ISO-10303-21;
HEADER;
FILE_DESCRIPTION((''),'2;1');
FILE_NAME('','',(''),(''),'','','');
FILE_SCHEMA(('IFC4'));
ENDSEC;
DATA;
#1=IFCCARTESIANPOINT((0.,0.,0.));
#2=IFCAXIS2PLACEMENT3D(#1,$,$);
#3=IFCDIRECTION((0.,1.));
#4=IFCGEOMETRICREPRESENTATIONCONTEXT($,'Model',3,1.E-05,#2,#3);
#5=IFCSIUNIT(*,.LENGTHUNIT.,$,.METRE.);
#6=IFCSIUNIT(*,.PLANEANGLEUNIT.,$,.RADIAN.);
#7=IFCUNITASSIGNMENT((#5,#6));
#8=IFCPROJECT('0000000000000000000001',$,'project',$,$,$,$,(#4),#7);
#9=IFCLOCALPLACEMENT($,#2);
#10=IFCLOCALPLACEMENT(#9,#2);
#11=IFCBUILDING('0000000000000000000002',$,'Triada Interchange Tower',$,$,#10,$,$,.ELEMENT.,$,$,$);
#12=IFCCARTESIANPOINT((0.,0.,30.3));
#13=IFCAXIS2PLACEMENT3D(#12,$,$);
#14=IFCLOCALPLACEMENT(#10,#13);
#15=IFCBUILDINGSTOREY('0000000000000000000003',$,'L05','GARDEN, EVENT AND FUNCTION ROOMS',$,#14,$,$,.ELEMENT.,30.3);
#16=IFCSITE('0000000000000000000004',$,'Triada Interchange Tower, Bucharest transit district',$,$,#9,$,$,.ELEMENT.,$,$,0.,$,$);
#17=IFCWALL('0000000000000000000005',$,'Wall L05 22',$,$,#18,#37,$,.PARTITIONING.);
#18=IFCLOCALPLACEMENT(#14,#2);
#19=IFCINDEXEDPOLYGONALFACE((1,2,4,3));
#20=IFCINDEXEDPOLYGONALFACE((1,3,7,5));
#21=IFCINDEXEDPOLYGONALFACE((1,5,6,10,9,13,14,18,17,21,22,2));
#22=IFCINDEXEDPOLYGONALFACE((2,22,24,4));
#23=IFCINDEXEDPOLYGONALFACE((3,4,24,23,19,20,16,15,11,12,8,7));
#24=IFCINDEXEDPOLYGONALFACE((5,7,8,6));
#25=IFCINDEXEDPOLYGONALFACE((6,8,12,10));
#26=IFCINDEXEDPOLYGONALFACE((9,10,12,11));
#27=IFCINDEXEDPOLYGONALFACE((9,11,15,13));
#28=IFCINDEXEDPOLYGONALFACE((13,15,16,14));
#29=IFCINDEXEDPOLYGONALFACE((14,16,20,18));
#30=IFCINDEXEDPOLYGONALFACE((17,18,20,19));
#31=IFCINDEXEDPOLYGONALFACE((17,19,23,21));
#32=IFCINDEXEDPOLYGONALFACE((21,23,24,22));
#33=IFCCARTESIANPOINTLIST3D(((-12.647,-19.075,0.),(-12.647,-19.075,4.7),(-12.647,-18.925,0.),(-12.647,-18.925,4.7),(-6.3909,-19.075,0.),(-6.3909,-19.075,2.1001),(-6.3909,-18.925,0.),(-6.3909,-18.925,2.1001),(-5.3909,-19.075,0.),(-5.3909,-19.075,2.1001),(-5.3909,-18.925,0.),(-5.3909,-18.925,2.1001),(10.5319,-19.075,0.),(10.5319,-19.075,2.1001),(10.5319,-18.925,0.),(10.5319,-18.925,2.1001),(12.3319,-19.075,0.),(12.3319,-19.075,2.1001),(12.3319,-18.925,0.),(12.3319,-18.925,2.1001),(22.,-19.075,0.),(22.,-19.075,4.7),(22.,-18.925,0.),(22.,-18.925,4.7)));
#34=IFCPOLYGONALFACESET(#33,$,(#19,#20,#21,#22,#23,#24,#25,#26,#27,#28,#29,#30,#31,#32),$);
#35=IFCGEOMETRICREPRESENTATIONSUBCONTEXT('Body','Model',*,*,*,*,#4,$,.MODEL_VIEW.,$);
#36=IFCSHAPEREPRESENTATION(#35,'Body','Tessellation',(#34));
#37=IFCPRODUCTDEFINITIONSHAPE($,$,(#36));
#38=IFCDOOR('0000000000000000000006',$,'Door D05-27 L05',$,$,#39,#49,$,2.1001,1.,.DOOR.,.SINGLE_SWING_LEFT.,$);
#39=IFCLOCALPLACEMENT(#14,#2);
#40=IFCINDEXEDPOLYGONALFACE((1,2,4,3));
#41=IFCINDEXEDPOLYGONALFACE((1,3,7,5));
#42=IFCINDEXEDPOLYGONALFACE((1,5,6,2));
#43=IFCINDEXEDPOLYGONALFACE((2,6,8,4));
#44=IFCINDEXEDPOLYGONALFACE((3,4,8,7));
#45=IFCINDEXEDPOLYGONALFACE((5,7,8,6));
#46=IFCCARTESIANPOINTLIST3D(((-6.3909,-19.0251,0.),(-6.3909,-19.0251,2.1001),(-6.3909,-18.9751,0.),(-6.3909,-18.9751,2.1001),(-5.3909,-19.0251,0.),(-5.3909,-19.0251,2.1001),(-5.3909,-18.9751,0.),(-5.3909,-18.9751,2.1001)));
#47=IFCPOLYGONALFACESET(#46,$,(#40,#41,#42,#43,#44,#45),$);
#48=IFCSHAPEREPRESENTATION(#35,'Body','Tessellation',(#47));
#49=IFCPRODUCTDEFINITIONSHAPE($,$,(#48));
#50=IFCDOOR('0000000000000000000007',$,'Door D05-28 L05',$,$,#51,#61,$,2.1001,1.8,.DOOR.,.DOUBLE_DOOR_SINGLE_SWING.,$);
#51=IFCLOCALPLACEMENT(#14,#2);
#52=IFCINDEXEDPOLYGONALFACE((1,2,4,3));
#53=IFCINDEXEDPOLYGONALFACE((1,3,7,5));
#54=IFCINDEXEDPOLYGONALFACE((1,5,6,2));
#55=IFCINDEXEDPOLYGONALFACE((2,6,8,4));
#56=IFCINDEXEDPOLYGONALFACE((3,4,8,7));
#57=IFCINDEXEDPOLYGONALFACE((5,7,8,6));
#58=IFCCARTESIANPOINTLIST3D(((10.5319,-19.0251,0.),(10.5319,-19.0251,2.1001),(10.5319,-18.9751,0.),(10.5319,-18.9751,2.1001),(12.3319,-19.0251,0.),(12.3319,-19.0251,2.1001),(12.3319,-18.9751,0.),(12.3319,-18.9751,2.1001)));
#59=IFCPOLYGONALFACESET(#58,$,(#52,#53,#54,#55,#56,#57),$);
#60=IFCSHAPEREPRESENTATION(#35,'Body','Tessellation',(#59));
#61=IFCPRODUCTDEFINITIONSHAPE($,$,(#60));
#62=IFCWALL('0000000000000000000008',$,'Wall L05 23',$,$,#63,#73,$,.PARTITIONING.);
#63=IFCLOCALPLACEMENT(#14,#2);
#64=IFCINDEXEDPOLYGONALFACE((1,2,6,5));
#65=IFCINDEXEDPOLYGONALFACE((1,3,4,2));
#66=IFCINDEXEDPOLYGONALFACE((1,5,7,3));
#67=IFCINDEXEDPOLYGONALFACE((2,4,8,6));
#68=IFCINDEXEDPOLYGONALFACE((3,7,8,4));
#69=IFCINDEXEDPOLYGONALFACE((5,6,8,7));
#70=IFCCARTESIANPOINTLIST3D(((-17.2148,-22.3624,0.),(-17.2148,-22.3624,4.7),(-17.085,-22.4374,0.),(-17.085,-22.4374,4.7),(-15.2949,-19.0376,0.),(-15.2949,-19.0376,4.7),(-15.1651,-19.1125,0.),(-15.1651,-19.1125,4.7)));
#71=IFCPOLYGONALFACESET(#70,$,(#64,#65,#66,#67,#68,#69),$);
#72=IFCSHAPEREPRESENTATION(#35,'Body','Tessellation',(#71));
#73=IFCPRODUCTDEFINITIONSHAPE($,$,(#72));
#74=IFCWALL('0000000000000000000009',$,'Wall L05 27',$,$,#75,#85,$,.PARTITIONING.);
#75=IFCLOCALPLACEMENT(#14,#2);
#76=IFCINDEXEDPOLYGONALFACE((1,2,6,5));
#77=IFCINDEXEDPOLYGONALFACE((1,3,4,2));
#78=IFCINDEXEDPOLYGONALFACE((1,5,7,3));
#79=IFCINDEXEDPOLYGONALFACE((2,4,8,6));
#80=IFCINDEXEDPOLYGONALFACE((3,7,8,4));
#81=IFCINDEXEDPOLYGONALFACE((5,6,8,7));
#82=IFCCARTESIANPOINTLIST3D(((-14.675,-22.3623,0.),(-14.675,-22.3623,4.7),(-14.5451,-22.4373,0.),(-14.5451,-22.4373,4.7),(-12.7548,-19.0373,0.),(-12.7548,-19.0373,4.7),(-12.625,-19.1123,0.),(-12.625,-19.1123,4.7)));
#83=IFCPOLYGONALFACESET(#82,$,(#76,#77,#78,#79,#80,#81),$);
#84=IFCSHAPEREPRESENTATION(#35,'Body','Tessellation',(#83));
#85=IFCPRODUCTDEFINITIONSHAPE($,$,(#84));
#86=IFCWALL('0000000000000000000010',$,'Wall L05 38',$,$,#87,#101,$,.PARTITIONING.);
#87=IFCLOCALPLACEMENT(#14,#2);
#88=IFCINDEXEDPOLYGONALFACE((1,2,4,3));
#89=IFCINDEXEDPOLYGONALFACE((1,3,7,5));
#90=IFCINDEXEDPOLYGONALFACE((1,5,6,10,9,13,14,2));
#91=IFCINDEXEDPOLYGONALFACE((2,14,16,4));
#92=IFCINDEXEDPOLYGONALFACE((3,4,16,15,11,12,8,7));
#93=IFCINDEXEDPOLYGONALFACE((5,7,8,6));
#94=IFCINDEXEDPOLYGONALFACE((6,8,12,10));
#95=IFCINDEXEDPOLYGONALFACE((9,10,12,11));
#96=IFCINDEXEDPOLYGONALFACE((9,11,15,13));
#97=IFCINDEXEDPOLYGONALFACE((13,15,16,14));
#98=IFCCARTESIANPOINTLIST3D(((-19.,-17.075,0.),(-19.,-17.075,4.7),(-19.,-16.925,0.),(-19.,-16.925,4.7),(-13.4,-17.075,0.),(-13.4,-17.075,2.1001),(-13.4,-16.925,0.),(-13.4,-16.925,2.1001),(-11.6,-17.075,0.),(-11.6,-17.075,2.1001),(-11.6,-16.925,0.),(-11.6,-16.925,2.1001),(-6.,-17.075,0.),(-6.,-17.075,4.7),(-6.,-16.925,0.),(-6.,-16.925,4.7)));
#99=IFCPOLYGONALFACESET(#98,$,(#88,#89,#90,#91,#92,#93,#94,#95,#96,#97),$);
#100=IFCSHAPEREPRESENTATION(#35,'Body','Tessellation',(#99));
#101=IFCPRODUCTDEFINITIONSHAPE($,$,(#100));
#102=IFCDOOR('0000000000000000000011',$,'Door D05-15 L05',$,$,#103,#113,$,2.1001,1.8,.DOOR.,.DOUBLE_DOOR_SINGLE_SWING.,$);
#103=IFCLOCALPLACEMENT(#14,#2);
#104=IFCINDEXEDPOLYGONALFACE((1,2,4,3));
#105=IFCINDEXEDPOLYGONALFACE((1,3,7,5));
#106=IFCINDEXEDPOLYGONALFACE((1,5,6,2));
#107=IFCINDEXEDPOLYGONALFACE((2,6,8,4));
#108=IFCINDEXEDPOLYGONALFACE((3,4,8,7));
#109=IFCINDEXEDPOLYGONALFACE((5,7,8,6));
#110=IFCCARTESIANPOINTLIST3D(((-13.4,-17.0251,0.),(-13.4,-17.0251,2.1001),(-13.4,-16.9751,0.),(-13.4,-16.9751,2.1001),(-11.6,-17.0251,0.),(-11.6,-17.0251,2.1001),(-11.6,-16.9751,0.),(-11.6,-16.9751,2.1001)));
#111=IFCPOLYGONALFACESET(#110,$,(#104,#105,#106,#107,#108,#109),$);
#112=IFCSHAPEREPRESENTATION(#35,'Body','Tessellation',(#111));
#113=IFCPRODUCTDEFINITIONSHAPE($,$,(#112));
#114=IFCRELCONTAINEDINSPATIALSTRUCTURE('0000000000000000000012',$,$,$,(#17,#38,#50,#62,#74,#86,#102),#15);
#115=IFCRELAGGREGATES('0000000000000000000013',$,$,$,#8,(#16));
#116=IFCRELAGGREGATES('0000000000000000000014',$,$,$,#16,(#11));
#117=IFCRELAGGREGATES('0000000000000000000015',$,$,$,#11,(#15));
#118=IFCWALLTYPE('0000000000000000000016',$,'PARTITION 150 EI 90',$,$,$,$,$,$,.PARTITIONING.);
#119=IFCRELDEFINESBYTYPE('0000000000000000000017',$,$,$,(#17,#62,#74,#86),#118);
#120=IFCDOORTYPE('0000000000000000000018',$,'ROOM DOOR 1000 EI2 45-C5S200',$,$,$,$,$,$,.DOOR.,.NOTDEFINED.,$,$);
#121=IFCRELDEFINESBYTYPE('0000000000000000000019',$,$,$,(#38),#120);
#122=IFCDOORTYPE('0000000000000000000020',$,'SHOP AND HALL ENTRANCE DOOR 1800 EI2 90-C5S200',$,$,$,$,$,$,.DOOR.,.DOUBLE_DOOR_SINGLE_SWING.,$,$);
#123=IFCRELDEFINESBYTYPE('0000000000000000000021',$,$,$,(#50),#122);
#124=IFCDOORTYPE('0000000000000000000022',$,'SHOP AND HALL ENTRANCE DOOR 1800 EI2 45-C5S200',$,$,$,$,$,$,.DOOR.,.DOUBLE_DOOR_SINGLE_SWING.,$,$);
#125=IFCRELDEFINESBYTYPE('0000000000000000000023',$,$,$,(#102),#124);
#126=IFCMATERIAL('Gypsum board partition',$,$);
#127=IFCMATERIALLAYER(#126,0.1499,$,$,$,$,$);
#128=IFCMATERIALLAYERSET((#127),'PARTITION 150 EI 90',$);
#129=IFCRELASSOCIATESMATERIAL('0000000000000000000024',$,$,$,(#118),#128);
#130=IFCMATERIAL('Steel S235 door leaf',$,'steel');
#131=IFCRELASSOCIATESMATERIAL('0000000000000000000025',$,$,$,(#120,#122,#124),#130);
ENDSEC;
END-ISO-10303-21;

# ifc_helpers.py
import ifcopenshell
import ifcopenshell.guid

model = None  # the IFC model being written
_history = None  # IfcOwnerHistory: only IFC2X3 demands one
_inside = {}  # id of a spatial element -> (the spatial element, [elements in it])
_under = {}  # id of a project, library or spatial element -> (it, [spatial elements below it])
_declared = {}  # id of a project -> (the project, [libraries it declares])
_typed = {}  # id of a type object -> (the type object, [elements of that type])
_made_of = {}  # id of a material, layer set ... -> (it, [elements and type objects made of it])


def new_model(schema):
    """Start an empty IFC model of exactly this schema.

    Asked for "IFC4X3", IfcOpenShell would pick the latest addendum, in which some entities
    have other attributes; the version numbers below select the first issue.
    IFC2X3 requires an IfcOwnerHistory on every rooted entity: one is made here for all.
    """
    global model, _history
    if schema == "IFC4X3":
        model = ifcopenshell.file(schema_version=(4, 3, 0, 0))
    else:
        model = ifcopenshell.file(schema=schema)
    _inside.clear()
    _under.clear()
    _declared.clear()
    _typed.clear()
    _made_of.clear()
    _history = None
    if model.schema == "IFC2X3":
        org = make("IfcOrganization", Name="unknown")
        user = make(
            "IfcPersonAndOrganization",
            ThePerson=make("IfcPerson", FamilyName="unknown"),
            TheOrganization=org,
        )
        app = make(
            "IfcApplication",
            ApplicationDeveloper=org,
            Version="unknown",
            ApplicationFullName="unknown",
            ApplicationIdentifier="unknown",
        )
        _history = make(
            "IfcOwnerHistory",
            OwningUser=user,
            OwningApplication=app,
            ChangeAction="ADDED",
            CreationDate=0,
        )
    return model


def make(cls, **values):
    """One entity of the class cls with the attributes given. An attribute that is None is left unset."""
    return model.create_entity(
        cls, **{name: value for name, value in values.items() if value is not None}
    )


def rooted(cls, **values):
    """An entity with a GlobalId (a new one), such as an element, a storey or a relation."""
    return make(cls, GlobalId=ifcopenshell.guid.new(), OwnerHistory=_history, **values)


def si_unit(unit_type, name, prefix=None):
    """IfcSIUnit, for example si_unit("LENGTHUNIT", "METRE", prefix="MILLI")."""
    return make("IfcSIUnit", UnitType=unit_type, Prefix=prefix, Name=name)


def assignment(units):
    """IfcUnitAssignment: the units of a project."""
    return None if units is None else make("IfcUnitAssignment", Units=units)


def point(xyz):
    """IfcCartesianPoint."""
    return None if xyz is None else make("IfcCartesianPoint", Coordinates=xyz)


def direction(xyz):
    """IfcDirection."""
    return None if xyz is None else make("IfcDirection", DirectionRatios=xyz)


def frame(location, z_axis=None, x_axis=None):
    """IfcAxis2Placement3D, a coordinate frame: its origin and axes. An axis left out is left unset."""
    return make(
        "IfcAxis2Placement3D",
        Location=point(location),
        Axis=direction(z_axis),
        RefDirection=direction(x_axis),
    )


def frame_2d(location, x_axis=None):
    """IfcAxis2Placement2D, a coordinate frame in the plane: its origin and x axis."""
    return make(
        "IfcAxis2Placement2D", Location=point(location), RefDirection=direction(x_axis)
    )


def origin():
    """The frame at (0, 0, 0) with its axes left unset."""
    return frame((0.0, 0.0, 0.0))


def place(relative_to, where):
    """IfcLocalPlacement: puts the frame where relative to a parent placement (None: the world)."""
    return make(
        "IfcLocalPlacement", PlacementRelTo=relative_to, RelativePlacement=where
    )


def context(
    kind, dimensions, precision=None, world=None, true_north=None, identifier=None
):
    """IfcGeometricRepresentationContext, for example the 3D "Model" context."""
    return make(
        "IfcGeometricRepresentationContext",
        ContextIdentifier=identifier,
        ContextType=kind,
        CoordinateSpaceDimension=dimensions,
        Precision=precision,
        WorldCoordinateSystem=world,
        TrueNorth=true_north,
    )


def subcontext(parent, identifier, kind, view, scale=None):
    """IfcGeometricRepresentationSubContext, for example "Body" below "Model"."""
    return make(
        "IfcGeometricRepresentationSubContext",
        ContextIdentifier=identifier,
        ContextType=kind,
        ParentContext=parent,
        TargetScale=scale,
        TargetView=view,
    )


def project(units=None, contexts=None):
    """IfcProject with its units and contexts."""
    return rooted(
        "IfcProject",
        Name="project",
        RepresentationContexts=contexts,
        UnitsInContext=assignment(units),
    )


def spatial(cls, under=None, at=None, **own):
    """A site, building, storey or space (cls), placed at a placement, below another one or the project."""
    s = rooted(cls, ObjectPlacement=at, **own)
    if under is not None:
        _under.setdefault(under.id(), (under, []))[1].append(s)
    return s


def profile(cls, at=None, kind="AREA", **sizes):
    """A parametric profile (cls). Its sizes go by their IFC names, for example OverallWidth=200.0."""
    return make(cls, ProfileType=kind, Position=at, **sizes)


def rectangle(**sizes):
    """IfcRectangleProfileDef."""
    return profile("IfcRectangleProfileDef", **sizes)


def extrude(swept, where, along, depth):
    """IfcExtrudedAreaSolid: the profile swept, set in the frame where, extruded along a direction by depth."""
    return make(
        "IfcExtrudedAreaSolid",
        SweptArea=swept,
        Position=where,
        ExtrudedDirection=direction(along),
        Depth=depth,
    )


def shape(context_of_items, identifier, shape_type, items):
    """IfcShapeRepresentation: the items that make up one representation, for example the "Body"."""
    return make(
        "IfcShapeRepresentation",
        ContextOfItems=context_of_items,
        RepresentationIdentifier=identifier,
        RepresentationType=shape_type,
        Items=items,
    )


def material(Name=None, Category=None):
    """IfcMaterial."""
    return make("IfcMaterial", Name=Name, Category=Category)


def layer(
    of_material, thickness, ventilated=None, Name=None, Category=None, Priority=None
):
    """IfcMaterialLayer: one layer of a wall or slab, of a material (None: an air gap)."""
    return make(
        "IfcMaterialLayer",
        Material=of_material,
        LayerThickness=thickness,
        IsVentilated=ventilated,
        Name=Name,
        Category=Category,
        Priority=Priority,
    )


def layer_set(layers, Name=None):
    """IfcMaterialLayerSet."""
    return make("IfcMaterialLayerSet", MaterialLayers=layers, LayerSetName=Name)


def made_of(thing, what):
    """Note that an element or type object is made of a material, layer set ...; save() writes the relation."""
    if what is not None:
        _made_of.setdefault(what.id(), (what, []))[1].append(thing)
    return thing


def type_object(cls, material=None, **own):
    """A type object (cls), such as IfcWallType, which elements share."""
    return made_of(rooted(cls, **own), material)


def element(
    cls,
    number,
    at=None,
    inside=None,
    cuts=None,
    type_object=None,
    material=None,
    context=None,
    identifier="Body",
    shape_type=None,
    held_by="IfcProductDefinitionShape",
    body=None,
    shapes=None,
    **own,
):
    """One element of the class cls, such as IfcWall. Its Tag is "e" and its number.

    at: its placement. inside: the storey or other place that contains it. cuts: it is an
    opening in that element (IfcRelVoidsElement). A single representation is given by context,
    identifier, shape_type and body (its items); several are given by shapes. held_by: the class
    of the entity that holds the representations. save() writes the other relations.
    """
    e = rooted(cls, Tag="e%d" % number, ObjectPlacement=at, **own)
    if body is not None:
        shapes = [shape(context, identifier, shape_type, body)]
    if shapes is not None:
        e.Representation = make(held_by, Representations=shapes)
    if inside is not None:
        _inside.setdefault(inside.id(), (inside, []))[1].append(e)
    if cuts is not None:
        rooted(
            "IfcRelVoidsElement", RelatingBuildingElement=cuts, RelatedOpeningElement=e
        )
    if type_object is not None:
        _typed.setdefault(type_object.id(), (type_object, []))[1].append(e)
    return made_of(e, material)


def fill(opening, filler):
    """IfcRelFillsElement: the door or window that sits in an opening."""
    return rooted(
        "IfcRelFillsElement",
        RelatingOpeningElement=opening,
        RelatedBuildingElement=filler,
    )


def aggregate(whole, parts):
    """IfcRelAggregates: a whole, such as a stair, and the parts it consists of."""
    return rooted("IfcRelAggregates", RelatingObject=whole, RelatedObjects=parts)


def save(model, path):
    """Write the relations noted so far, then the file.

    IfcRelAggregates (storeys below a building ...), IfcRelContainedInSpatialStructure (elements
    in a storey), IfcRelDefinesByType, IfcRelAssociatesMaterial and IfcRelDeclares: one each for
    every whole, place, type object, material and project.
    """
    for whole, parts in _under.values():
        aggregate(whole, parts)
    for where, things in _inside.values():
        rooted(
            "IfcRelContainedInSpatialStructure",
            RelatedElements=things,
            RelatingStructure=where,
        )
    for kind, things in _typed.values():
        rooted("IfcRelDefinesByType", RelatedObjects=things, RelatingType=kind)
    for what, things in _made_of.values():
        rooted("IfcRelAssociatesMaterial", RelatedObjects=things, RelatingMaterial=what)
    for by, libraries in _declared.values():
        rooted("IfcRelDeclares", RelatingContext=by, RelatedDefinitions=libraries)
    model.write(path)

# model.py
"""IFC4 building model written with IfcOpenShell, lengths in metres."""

from ifc_helpers import new_model, si_unit, direction, frame, frame_2d, origin, place, context, subcontext, project, spatial, rectangle, extrude, material, layer, layer_set, type_object, element, fill, save


model = new_model("IFC4")

# Units and contexts
model_context = context("Model", 3, precision=1e-05, world=origin(), true_north=direction((0.0, 1.0)))
body_context = subcontext(model_context, "Body", "Model", "MODEL_VIEW")
ifc_project = project(units=[si_unit("LENGTHUNIT", "METRE"), si_unit("PLANEANGLEUNIT", "RADIAN")], contexts=[model_context])

# Site, building, storey
site_placement = place(None, origin())
site = spatial("IfcSite", under=ifc_project, at=site_placement, Name="Triada Interchange Tower, Bucharest transit district", CompositionType="ELEMENT", RefElevation=0.0)
building_placement = place(site_placement, origin())
building = spatial("IfcBuilding", under=site, at=building_placement, Name="Triada Interchange Tower", CompositionType="ELEMENT")
storey_placement = place(building_placement, frame((0.0, 0.0, 30.3)))
storey = spatial("IfcBuildingStorey", under=building, at=storey_placement, Name="L05", Description="GARDEN, EVENT AND FUNCTION ROOMS", CompositionType="ELEMENT", Elevation=30.3)

# Shared definitions
ifc_material_1 = material(Name="Gypsum board partition")
ifc_layer_1 = layer(ifc_material_1, 0.1499)
ifc_layer_set_1 = layer_set([ifc_layer_1], Name="PARTITION 150 EI 90")
wall_type = type_object("IfcWallType", Name="PARTITION 150 EI 90", PredefinedType="PARTITIONING", material=ifc_layer_set_1)

# Wall, openings, doors
wall_1_placement = place(storey_placement, frame((-12.647, -19.0, 0.0), z_axis=(0.0, 0.0, 1.0), x_axis=(1.0, 0.0, 0.0)))
wall_1 = element("IfcWall", 1, at=wall_1_placement, inside=storey, type_object=wall_type, Name="Wall L05 22", PredefinedType="PARTITIONING", context=body_context, shape_type="SweptSolid", body=[
    extrude(rectangle(XDim=34.647, YDim=0.1499, at=frame_2d((17.3235, 0.0))), origin(), (0.0, 0.0, 1.0), 4.7),
])
opening_1_placement = place(wall_1_placement, frame((6.2561, 0.0, 0.0)))
opening_1 = element("IfcOpeningElement", 2, at=opening_1_placement, cuts=wall_1, PredefinedType="OPENING", context=body_context, shape_type="SweptSolid", body=[
    extrude(rectangle(XDim=1.0, YDim=2.1001, at=frame_2d((0.5, 1.05))), frame((0.0, 0.085, 0.0), z_axis=(0.0, -1.0, 0.0), x_axis=(1.0, 0.0, 0.0)), (0.0, 0.0, 1.0), 0.1699),
])
opening_2_placement = place(wall_1_placement, frame((23.179, 0.0, 0.0)))
opening_2 = element("IfcOpeningElement", 3, at=opening_2_placement, cuts=wall_1, PredefinedType="OPENING", context=body_context, shape_type="SweptSolid", body=[
    extrude(rectangle(XDim=1.8, YDim=2.1001, at=frame_2d((0.8999, 1.05))), frame((0.0, 0.085, 0.0), z_axis=(0.0, -1.0, 0.0), x_axis=(1.0, 0.0, 0.0)), (0.0, 0.0, 1.0), 0.1699),
])
ifc_material_2 = material(Name="Steel S235 door leaf", Category="steel")
door_type_1 = type_object("IfcDoorType", Name="ROOM DOOR 1000 EI2 45-C5S200", OperationType="NOTDEFINED", PredefinedType="DOOR", material=ifc_material_2)
door_1_placement = place(opening_1_placement, origin())
door_1 = element("IfcDoor", 4, at=door_1_placement, inside=storey, type_object=door_type_1, Name="Door D05-27 L05", OperationType="SINGLE_SWING_LEFT", OverallHeight=2.1001, OverallWidth=1.0, PredefinedType="DOOR", context=body_context, shape_type="SweptSolid", body=[
    extrude(rectangle(XDim=1.0, YDim=2.1001, at=frame_2d((0.5, 1.05))), frame((0.0, 0.0249, 0.0), z_axis=(0.0, -1.0, 0.0), x_axis=(1.0, 0.0, 0.0)), (0.0, 0.0, 1.0), 0.05),
])
fill(opening_1, door_1)
door_type_2 = type_object("IfcDoorType", Name="SHOP AND HALL ENTRANCE DOOR 1800 EI2 90-C5S200", OperationType="DOUBLE_DOOR_SINGLE_SWING", PredefinedType="DOOR", material=ifc_material_2)
door_2_placement = place(opening_2_placement, origin())
door_2 = element("IfcDoor", 5, at=door_2_placement, inside=storey, type_object=door_type_2, Name="Door D05-28 L05", OperationType="DOUBLE_DOOR_SINGLE_SWING", OverallHeight=2.1001, OverallWidth=1.8, PredefinedType="DOOR", context=body_context, shape_type="SweptSolid", body=[
    extrude(rectangle(XDim=1.8, YDim=2.1001, at=frame_2d((0.8999, 1.05))), frame((0.0, 0.0249, 0.0), z_axis=(0.0, -1.0, 0.0), x_axis=(1.0, 0.0, 0.0)), (0.0, 0.0, 1.0), 0.05),
])
fill(opening_2, door_2)

# Walls
wall_2_placement = place(storey_placement, frame((-17.1499, -22.3999, 0.0), z_axis=(0.0, 0.0, 1.0), x_axis=(0.500051, 0.865996, 0.0)))
element("IfcWall", 6, at=wall_2_placement, inside=storey, type_object=wall_type, Name="Wall L05 23", PredefinedType="PARTITIONING", context=body_context, shape_type="SweptSolid", body=[
    extrude(rectangle(XDim=3.8394, YDim=0.1499, at=frame_2d((1.9197, 0.0))), origin(), (0.0, 0.0, 1.0), 4.7),
])
wall_3_placement = place(storey_placement, frame((-14.6101, -22.3999, 0.0), z_axis=(0.0, 0.0, 1.0), x_axis=(0.500099, 0.865968, 0.0)))
element("IfcWall", 7, at=wall_3_placement, inside=storey, type_object=wall_type, Name="Wall L05 27", PredefinedType="PARTITIONING", context=body_context, shape_type="SweptSolid", body=[
    extrude(rectangle(XDim=3.8396, YDim=0.1499, at=frame_2d((1.9199, 0.0))), origin(), (0.0, 0.0, 1.0), 4.7),
])

# Wall, opening, door
wall_4_placement = place(storey_placement, frame((-19.0, -17.0, 0.0), z_axis=(0.0, 0.0, 1.0), x_axis=(1.0, 0.0, 0.0)))
wall_4 = element("IfcWall", 8, at=wall_4_placement, inside=storey, type_object=wall_type, Name="Wall L05 38", PredefinedType="PARTITIONING", context=body_context, shape_type="SweptSolid", body=[
    extrude(rectangle(XDim=13.0, YDim=0.1499, at=frame_2d((6.5, 0.0))), origin(), (0.0, 0.0, 1.0), 4.7),
])
opening_3_placement = place(wall_4_placement, frame((5.6001, 0.0, 0.0)))
opening_3 = element("IfcOpeningElement", 9, at=opening_3_placement, cuts=wall_4, PredefinedType="OPENING", context=body_context, shape_type="SweptSolid", body=[
    extrude(rectangle(XDim=1.8, YDim=2.1001, at=frame_2d((0.8999, 1.05))), frame((0.0, 0.085, 0.0), z_axis=(0.0, -1.0, 0.0), x_axis=(1.0, 0.0, 0.0)), (0.0, 0.0, 1.0), 0.1699),
])
door_type_3 = type_object("IfcDoorType", Name="SHOP AND HALL ENTRANCE DOOR 1800 EI2 45-C5S200", OperationType="DOUBLE_DOOR_SINGLE_SWING", PredefinedType="DOOR", material=ifc_material_2)
door_3_placement = place(opening_3_placement, origin())
door_3 = element("IfcDoor", 10, at=door_3_placement, inside=storey, type_object=door_type_3, Name="Door D05-15 L05", OperationType="DOUBLE_DOOR_SINGLE_SWING", OverallHeight=2.1001, OverallWidth=1.8, PredefinedType="DOOR", context=body_context, shape_type="SweptSolid", body=[
    extrude(rectangle(XDim=1.8, YDim=2.1001, at=frame_2d((0.8999, 1.05))), frame((0.0, 0.0249, 0.0), z_axis=(0.0, -1.0, 0.0), x_axis=(1.0, 0.0, 0.0)), (0.0, 0.0, 1.0), 0.05),
])
fill(opening_3, door_3)

save(model, "model.ifc")
